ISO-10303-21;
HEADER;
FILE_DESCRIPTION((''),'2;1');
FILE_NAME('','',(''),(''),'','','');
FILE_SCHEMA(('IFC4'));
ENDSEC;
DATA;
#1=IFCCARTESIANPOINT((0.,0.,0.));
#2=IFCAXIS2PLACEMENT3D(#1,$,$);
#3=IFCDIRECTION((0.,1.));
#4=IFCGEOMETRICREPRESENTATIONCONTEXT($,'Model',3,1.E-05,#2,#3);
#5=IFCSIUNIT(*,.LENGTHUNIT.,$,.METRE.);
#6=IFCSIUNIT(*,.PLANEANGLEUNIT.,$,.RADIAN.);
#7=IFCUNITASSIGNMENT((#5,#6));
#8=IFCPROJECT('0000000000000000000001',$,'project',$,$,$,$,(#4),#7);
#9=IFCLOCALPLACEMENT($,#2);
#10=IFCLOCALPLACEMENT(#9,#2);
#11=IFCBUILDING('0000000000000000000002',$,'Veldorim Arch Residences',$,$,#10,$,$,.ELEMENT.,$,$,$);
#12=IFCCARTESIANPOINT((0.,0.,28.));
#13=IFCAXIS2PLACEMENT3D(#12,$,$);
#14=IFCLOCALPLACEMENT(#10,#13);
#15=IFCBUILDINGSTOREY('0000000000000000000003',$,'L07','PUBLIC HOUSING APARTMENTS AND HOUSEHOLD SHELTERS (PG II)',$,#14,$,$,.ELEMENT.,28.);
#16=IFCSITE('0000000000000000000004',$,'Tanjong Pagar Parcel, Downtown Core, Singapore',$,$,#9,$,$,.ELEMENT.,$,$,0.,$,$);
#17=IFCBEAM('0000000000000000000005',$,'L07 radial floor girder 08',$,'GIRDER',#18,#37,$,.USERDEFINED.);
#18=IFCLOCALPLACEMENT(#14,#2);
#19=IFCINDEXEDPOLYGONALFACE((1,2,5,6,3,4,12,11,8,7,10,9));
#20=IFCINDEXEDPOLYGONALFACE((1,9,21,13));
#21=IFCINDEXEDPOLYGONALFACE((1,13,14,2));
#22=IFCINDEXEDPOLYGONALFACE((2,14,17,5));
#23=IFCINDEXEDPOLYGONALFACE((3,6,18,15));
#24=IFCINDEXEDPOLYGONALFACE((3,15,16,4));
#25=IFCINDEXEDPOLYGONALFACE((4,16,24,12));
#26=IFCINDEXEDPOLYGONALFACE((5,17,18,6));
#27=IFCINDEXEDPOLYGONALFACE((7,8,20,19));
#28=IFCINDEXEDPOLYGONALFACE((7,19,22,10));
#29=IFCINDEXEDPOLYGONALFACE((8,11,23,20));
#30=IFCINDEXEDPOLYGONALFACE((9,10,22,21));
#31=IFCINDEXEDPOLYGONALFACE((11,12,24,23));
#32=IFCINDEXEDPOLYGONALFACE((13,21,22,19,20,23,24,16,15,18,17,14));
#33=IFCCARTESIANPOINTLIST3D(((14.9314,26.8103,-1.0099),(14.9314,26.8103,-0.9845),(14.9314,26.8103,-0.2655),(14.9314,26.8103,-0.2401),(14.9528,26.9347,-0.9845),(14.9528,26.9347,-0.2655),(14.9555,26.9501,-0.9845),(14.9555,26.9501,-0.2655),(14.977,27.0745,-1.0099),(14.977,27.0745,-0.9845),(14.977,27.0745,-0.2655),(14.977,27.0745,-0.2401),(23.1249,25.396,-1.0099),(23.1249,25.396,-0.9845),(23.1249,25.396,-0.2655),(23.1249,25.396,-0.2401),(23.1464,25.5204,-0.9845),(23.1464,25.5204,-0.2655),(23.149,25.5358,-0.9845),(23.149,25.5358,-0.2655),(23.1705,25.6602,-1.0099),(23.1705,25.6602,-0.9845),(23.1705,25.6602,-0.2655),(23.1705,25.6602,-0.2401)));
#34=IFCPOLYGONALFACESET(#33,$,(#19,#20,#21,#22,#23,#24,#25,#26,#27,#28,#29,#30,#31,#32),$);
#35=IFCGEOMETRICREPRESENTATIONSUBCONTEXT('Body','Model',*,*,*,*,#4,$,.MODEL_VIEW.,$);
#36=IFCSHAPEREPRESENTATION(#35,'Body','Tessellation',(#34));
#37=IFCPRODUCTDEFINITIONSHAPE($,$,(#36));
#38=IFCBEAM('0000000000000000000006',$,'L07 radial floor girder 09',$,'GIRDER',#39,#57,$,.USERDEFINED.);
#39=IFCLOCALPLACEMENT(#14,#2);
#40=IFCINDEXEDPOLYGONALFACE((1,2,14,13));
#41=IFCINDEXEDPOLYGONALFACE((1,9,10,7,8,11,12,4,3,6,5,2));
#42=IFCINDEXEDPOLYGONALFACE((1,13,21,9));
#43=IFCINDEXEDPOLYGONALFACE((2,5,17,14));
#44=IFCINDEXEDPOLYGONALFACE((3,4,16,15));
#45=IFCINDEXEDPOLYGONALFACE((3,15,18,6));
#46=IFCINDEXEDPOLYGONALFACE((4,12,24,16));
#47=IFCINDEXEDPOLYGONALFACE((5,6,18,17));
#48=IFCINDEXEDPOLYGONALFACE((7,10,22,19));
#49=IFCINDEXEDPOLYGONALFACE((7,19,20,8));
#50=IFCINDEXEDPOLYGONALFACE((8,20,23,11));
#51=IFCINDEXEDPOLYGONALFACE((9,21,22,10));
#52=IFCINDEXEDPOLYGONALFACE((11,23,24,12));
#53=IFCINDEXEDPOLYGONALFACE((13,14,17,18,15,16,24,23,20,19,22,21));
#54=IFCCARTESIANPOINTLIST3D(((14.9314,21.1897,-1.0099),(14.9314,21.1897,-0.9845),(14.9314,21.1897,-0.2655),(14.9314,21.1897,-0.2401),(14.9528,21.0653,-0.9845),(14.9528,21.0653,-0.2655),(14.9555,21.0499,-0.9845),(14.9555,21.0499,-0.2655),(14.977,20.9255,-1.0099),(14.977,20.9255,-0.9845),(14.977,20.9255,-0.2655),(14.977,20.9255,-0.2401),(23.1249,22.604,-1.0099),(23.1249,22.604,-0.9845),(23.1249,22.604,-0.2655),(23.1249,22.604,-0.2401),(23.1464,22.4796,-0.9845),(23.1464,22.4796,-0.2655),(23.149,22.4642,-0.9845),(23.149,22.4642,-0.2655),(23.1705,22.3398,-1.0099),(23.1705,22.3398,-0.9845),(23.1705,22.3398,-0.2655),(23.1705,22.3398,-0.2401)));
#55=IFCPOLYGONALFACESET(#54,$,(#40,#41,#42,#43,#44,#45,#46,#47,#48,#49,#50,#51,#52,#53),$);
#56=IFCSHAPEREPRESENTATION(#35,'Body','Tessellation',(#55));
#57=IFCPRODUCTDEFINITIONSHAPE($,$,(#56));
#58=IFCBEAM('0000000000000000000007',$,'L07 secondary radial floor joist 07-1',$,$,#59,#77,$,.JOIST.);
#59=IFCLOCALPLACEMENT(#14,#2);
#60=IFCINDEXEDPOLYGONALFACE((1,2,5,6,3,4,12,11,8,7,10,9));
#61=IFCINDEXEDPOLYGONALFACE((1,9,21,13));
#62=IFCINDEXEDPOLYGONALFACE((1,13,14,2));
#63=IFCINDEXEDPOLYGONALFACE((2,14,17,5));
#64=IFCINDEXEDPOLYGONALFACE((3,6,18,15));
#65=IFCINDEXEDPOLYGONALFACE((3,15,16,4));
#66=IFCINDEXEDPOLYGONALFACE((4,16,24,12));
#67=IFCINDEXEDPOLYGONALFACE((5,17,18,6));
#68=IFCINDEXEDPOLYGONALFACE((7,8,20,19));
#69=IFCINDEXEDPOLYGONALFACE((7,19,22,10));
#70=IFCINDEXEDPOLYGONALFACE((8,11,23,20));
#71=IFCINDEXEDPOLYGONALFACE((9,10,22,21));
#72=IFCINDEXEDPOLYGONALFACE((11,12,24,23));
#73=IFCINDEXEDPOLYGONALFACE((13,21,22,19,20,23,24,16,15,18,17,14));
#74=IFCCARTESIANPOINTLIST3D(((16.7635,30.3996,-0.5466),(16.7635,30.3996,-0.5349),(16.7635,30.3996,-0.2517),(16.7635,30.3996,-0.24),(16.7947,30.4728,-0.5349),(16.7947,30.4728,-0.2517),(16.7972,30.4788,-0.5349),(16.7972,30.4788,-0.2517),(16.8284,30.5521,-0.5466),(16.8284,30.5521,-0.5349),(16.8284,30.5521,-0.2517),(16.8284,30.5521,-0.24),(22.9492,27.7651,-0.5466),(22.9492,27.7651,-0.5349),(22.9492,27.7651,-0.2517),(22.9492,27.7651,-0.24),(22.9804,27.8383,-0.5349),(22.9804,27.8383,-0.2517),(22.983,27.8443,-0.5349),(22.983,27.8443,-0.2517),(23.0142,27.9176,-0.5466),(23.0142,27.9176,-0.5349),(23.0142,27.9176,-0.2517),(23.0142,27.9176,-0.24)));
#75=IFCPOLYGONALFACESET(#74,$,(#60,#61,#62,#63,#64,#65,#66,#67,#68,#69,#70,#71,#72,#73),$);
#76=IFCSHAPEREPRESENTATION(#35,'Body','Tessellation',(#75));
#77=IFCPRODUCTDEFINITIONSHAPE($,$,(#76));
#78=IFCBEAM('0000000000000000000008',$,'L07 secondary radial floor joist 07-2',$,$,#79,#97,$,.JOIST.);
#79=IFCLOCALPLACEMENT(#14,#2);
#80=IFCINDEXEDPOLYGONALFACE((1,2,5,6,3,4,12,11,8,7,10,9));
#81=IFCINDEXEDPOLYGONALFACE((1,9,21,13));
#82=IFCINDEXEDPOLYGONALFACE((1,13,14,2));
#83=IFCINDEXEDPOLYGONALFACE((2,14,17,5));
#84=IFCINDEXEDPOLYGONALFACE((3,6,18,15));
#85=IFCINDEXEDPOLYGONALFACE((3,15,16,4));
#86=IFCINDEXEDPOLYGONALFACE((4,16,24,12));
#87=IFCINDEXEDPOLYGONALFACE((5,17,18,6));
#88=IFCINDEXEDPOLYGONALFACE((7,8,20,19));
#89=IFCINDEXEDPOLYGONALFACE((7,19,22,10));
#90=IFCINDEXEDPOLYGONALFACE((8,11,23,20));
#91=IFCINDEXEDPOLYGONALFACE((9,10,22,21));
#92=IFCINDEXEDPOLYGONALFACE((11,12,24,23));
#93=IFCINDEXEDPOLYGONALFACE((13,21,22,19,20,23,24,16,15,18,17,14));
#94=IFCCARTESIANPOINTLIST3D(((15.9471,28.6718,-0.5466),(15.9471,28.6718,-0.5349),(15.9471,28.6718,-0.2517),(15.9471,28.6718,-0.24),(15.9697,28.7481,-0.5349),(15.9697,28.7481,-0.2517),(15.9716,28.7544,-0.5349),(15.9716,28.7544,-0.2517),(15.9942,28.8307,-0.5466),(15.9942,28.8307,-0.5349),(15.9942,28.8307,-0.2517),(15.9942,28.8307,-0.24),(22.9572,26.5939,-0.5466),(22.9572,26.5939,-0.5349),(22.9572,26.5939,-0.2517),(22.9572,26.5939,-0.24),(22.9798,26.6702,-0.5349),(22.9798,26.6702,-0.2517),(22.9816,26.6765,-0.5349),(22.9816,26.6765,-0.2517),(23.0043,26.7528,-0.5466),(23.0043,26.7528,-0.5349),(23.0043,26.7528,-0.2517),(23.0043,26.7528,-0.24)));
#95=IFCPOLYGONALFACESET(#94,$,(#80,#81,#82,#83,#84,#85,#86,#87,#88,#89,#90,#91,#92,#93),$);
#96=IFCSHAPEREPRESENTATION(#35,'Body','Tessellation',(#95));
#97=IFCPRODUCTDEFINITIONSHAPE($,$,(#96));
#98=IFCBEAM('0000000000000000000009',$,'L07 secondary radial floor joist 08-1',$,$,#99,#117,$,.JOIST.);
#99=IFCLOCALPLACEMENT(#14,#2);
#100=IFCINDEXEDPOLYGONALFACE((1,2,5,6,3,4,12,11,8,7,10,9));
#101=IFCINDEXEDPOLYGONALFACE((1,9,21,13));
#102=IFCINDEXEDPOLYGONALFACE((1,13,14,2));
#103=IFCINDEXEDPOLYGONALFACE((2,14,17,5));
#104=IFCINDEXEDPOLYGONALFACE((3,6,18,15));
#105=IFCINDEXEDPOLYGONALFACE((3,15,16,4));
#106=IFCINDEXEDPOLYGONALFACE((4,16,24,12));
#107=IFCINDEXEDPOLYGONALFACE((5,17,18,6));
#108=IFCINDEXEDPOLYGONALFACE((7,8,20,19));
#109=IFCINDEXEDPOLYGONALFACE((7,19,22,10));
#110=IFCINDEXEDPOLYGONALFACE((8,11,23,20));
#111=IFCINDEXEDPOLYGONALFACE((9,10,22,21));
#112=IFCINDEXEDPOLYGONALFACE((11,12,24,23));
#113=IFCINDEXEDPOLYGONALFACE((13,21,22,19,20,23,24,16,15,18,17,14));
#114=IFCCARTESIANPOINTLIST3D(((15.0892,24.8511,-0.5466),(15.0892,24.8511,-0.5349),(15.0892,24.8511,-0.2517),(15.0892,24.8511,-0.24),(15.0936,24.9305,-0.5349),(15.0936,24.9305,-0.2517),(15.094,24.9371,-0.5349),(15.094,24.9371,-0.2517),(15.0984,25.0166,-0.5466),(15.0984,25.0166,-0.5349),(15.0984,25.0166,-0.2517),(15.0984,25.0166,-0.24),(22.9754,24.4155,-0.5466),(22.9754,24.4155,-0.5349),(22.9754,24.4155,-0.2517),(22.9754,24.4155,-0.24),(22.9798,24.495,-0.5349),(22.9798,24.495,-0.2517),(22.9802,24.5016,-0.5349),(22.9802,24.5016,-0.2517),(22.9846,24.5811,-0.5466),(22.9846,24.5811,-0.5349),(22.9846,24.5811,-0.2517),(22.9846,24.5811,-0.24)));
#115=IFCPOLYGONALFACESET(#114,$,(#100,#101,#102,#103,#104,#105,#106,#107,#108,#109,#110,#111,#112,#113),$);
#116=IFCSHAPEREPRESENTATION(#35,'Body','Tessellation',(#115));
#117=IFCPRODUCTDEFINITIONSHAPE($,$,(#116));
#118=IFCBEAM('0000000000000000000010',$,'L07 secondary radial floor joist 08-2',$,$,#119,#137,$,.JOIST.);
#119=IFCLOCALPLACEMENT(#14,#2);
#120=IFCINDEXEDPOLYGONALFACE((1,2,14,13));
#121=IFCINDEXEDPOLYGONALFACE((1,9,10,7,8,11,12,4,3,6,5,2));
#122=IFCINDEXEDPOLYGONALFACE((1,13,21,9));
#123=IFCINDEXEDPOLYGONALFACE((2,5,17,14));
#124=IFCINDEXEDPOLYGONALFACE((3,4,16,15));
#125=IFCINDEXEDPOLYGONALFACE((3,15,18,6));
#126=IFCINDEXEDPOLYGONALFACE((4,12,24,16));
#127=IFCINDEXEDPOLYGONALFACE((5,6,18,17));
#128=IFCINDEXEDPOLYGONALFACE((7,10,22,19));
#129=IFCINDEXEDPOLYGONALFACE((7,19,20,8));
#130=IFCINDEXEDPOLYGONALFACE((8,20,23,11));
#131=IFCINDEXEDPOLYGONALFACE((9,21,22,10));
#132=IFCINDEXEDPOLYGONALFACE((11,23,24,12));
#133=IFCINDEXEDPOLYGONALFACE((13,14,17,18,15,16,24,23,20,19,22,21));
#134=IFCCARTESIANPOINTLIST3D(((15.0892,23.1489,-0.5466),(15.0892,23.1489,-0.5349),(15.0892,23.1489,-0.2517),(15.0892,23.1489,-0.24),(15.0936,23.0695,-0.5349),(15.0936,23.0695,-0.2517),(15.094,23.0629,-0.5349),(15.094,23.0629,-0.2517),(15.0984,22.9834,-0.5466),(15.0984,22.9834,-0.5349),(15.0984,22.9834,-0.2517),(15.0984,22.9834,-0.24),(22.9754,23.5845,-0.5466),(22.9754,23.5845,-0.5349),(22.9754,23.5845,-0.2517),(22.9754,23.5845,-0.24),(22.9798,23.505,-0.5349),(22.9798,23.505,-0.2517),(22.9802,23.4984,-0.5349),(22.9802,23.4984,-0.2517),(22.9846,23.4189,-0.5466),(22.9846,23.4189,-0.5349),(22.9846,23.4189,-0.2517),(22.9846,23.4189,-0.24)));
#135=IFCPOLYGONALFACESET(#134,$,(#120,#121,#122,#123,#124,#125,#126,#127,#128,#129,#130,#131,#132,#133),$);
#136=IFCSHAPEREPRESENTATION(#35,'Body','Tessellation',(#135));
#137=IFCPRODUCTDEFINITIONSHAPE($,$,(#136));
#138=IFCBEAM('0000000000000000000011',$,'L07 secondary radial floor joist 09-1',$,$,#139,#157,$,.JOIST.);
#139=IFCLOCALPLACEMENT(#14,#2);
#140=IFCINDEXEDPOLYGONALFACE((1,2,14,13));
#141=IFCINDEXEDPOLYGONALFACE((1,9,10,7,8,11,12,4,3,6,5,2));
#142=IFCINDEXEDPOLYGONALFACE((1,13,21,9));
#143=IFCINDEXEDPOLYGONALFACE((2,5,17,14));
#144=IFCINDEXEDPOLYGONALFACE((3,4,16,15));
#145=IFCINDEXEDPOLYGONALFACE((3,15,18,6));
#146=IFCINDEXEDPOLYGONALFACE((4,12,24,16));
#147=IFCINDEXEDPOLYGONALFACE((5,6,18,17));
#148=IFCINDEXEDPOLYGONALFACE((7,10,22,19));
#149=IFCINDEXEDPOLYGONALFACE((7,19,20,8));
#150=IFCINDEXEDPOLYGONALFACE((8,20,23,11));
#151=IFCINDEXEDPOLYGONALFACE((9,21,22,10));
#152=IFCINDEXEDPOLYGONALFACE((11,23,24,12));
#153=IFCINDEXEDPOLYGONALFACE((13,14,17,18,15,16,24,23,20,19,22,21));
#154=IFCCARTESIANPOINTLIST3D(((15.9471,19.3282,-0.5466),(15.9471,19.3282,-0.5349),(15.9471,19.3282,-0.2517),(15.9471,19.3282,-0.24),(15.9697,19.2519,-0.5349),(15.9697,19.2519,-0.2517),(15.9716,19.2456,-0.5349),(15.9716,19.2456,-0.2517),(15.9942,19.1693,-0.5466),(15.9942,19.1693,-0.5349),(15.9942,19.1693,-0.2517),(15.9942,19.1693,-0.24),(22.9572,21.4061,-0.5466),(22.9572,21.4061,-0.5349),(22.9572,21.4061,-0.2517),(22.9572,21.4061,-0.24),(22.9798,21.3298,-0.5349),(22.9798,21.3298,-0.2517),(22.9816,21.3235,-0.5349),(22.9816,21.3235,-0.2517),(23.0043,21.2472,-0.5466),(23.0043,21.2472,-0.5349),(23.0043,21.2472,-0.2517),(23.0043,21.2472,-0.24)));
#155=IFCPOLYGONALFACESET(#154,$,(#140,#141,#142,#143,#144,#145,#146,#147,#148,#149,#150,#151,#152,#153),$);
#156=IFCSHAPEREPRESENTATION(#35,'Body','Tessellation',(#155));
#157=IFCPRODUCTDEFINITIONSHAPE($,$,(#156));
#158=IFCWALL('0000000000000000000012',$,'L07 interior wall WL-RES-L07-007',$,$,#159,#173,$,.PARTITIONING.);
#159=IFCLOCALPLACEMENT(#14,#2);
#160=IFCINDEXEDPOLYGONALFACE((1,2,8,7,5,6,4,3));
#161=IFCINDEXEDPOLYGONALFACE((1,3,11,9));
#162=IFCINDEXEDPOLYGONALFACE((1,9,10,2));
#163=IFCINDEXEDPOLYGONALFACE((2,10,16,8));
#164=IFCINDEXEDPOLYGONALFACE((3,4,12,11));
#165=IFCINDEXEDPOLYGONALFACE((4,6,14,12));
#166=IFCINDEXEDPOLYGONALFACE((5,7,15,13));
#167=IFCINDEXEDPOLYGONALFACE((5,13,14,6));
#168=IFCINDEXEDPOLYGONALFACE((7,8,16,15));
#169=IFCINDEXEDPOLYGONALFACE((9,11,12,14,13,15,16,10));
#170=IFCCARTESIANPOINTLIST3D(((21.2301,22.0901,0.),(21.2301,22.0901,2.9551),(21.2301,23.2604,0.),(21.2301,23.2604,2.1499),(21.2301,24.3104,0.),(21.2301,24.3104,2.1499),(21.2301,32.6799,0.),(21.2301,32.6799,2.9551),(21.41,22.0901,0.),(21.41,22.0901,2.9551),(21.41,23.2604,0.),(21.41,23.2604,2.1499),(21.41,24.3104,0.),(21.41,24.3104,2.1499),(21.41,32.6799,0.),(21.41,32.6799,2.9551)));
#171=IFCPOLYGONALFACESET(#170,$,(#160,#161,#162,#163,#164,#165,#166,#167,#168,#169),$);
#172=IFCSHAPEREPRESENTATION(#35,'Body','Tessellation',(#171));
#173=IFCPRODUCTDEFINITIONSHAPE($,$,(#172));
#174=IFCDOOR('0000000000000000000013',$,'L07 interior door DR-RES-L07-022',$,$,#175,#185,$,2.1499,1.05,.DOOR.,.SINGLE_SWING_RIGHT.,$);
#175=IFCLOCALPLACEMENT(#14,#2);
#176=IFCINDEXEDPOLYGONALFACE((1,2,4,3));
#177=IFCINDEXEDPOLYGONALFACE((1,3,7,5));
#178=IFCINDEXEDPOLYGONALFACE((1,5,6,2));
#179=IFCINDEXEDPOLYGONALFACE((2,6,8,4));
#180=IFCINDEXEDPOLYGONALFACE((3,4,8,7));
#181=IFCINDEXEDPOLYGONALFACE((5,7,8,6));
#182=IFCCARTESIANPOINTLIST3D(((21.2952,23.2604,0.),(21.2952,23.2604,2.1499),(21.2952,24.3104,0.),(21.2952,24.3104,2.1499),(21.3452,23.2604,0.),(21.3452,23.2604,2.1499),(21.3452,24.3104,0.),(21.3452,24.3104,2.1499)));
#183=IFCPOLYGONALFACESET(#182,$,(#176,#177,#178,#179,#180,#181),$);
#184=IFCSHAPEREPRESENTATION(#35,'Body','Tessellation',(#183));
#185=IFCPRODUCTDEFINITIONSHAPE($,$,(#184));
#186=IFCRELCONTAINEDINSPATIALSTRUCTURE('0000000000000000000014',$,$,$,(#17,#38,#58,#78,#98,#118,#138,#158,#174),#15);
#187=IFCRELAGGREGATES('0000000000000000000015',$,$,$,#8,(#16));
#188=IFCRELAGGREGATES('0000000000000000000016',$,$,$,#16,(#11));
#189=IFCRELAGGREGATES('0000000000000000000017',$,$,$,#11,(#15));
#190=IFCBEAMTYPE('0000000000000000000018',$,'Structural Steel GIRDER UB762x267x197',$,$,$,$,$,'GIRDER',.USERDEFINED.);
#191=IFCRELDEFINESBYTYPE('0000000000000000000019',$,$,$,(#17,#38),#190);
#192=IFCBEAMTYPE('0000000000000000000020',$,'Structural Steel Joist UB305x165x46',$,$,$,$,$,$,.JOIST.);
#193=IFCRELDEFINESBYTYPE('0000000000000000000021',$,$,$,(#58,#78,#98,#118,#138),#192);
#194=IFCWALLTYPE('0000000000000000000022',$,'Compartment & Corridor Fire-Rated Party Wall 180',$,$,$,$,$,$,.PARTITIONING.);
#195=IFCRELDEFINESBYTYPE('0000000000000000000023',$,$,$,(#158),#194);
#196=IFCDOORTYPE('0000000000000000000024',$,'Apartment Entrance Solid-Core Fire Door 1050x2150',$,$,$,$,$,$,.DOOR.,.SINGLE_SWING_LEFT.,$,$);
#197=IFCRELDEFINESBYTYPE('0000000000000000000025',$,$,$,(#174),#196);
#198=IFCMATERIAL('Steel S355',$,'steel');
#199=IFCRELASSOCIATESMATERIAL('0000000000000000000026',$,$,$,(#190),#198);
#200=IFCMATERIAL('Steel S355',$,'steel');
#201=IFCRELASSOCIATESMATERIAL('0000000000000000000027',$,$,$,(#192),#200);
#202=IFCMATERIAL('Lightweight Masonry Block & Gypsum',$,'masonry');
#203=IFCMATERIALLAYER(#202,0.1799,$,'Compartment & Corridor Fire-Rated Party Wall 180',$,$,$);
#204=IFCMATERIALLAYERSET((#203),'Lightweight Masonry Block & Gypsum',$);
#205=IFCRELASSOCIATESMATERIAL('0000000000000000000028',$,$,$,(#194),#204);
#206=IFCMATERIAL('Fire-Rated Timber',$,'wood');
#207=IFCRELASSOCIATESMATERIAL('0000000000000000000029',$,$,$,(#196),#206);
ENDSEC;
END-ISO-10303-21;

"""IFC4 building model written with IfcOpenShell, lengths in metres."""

from ifc_helpers import new_model, si_unit, direction, frame, frame_2d, origin, origin_2d, place, context, subcontext, project, spatial, rectangle, i_section, extrude, material, layer, layer_set, material_profile, profile_set, type_object, element, fill, save


model = new_model("IFC4")

# Units and contexts
model_context = context("Model", 3, precision=1e-05, world=origin(), true_north=direction((0.0, 1.0)))
body_context = subcontext(model_context, "Body", "Model", "MODEL_VIEW")
ifc_project = project(units=[si_unit("LENGTHUNIT", "METRE"), si_unit("PLANEANGLEUNIT", "RADIAN")], contexts=[model_context])

# Site, building, storey
site_placement = place(None, origin())
site = spatial("IfcSite", under=ifc_project, at=site_placement, Name="Tanjong Pagar Parcel, Downtown Core, Singapore", CompositionType="ELEMENT", RefElevation=0.0)
building_placement = place(site_placement, origin())
building = spatial("IfcBuilding", under=site, at=building_placement, Name="Veldorim Arch Residences", CompositionType="ELEMENT")
storey_placement = place(building_placement, frame((0.0, 0.0, 28.0)))
storey = spatial("IfcBuildingStorey", under=building, at=storey_placement, Name="L07", Description="PUBLIC HOUSING APARTMENTS AND HOUSEHOLD SHELTERS (PG II)", CompositionType="ELEMENT", Elevation=28.0)

# Beams
ifc_material_1 = material(Name="Steel S355", Category="steel")
ifc_material_profile_1 = material_profile(ifc_material_1, i_section(OverallWidth=0.2681, OverallDepth=0.7698, WebThickness=0.0156, FlangeThickness=0.0254, at=origin_2d()), Name="UB762x267x197")
ifc_profile_set_1 = profile_set([ifc_material_profile_1], Name="Steel S355")
beam_type_1 = type_object("IfcBeamType", Name="Structural Steel GIRDER UB762x267x197", ElementType="GIRDER", PredefinedType="USERDEFINED", material=ifc_profile_set_1)
for number, where, z_axis, x_axis, name in (
    (1, (23.1477, 25.5281, -0.625), (-0.985428, 0.170096, 0.0), (-0.170096, -0.985428, 0.0), "L07 radial floor girder 08"),
    (2, (23.1477, 22.4719, -0.625), (-0.985428, -0.170096, 0.0), (0.170096, -0.985428, 0.0), "L07 radial floor girder 09"),
):
    element("IfcBeam", number, at=place(storey_placement, frame(where, z_axis=z_axis, x_axis=x_axis)), inside=storey, type_object=beam_type_1, Name=name, ObjectType="GIRDER", PredefinedType="USERDEFINED", context=body_context, shape_type="SweptSolid", body=[
        extrude(i_section(OverallWidth=0.2681, OverallDepth=0.7698, WebThickness=0.0156, FlangeThickness=0.0254, at=origin_2d()), origin(), (0.0, 0.0, 1.0), 8.3147),
    ])
ifc_material_2 = material(Name="Steel S355", Category="steel")
ifc_material_profile_2 = material_profile(ifc_material_2, i_section(OverallWidth=0.1658, OverallDepth=0.3066, WebThickness=0.0066, FlangeThickness=0.0117, at=origin_2d()), Name="UB305x165x46")
ifc_profile_set_2 = profile_set([ifc_material_profile_2], Name="Steel S355")
beam_type_2 = type_object("IfcBeamType", Name="Structural Steel Joist UB305x165x46", PredefinedType="JOIST", material=ifc_profile_set_2)
beam_1_placement = place(storey_placement, frame((22.9817, 27.8413, -0.3933), z_axis=(-0.920033, 0.391841, 0.0), x_axis=(-0.391841, -0.920033, 0.0)))
element("IfcBeam", 3, at=beam_1_placement, inside=storey, type_object=beam_type_2, Name="L07 secondary radial floor joist 07-1", PredefinedType="JOIST", context=body_context, shape_type="SweptSolid", body=[
    extrude(i_section(OverallWidth=0.1658, OverallDepth=0.3066, WebThickness=0.0066, FlangeThickness=0.0117, at=origin_2d()), origin(), (0.0, 0.0, 1.0), 6.7234),
])
beam_2_placement = place(storey_placement, frame((22.9807, 26.6733, -0.3933), z_axis=(-0.958767, 0.284194, 0.0), x_axis=(-0.284194, -0.958767, 0.0)))
element("IfcBeam", 4, at=beam_2_placement, inside=storey, type_object=beam_type_2, Name="L07 secondary radial floor joist 07-2", PredefinedType="JOIST", context=body_context, shape_type="SweptSolid", body=[
    extrude(i_section(OverallWidth=0.1658, OverallDepth=0.3066, WebThickness=0.0066, FlangeThickness=0.0117, at=origin_2d()), origin(), (0.0, 0.0, 1.0), 7.3115),
])
for number, where, z_axis, x_axis, name in (
    (5, (22.98, 24.4983, -0.3933), (-0.998478, 0.055145, 0.0), (-0.055145, -0.998478, 0.0), "L07 secondary radial floor joist 08-1"),
    (6, (22.98, 23.5017, -0.3933), (-0.998478, -0.055145, 0.0), (0.055145, -0.998478, 0.0), "L07 secondary radial floor joist 08-2"),
):
    element("IfcBeam", number, at=place(storey_placement, frame(where, z_axis=z_axis, x_axis=x_axis)), inside=storey, type_object=beam_type_2, Name=name, PredefinedType="JOIST", context=body_context, shape_type="SweptSolid", body=[
        extrude(i_section(OverallWidth=0.1658, OverallDepth=0.3066, WebThickness=0.0066, FlangeThickness=0.0117, at=origin_2d()), origin(), (0.0, 0.0, 1.0), 7.8982),
    ])
beam_3_placement = place(storey_placement, frame((22.9807, 21.3267, -0.3933), z_axis=(-0.958767, -0.284194, 0.0), x_axis=(0.284194, -0.958767, 0.0)))
element("IfcBeam", 7, at=beam_3_placement, inside=storey, type_object=beam_type_2, Name="L07 secondary radial floor joist 09-1", PredefinedType="JOIST", context=body_context, shape_type="SweptSolid", body=[
    extrude(i_section(OverallWidth=0.1658, OverallDepth=0.3066, WebThickness=0.0066, FlangeThickness=0.0117, at=origin_2d()), origin(), (0.0, 0.0, 1.0), 7.3115),
])

# Wall, opening, door
ifc_material_3 = material(Name="Lightweight Masonry Block & Gypsum", Category="masonry")
ifc_layer_1 = layer(ifc_material_3, 0.1799, Name="Compartment & Corridor Fire-Rated Party Wall 180")
ifc_layer_set_1 = layer_set([ifc_layer_1], Name="Lightweight Masonry Block & Gypsum")
wall_type_1 = type_object("IfcWallType", Name="Compartment & Corridor Fire-Rated Party Wall 180", PredefinedType="PARTITIONING", material=ifc_layer_set_1)
wall_1_placement = place(storey_placement, frame((21.3201, 22.0901, 0.0), z_axis=(0.0, 0.0, 1.0), x_axis=(0.0, 1.0, 0.0)))
wall_1 = element("IfcWall", 8, at=wall_1_placement, inside=storey, type_object=wall_type_1, Name="L07 interior wall WL-RES-L07-007", PredefinedType="PARTITIONING", context=body_context, shape_type="SweptSolid", body=[
    extrude(rectangle(XDim=10.5898, YDim=0.1799, at=frame_2d((5.2949, 0.0))), origin(), (0.0, 0.0, 1.0), 2.9551),
])
opening_1_placement = place(wall_1_placement, frame((1.1704, 0.0, 0.0)))
opening_1 = element("IfcOpeningElement", 9, at=opening_1_placement, cuts=wall_1, PredefinedType="OPENING", context=body_context, shape_type="SweptSolid", body=[
    extrude(rectangle(XDim=1.05, YDim=2.1499, at=frame_2d((0.5249, 1.075))), frame((0.0, 0.0999, 0.0), z_axis=(0.0, -1.0, 0.0), x_axis=(1.0, 0.0, 0.0)), (0.0, 0.0, 1.0), 0.2),
])
ifc_material_4 = material(Name="Fire-Rated Timber", Category="wood")
door_type_1 = type_object("IfcDoorType", Name="Apartment Entrance Solid-Core Fire Door 1050x2150", OperationType="SINGLE_SWING_LEFT", PredefinedType="DOOR", material=ifc_material_4)
door_1_placement = place(opening_1_placement, origin())
door_1 = element("IfcDoor", 10, at=door_1_placement, inside=storey, type_object=door_type_1, Name="L07 interior door DR-RES-L07-022", OperationType="SINGLE_SWING_RIGHT", OverallHeight=2.1499, OverallWidth=1.05, PredefinedType="DOOR", context=body_context, shape_type="SweptSolid", body=[
    extrude(rectangle(XDim=1.05, YDim=2.1499, at=frame_2d((0.5249, 1.075))), frame((0.0, 0.0249, 0.0), z_axis=(0.0, -1.0, 0.0), x_axis=(1.0, 0.0, 0.0)), (0.0, 0.0, 1.0), 0.05),
])
fill(opening_1, door_1)

save(model, "model.ifc")
